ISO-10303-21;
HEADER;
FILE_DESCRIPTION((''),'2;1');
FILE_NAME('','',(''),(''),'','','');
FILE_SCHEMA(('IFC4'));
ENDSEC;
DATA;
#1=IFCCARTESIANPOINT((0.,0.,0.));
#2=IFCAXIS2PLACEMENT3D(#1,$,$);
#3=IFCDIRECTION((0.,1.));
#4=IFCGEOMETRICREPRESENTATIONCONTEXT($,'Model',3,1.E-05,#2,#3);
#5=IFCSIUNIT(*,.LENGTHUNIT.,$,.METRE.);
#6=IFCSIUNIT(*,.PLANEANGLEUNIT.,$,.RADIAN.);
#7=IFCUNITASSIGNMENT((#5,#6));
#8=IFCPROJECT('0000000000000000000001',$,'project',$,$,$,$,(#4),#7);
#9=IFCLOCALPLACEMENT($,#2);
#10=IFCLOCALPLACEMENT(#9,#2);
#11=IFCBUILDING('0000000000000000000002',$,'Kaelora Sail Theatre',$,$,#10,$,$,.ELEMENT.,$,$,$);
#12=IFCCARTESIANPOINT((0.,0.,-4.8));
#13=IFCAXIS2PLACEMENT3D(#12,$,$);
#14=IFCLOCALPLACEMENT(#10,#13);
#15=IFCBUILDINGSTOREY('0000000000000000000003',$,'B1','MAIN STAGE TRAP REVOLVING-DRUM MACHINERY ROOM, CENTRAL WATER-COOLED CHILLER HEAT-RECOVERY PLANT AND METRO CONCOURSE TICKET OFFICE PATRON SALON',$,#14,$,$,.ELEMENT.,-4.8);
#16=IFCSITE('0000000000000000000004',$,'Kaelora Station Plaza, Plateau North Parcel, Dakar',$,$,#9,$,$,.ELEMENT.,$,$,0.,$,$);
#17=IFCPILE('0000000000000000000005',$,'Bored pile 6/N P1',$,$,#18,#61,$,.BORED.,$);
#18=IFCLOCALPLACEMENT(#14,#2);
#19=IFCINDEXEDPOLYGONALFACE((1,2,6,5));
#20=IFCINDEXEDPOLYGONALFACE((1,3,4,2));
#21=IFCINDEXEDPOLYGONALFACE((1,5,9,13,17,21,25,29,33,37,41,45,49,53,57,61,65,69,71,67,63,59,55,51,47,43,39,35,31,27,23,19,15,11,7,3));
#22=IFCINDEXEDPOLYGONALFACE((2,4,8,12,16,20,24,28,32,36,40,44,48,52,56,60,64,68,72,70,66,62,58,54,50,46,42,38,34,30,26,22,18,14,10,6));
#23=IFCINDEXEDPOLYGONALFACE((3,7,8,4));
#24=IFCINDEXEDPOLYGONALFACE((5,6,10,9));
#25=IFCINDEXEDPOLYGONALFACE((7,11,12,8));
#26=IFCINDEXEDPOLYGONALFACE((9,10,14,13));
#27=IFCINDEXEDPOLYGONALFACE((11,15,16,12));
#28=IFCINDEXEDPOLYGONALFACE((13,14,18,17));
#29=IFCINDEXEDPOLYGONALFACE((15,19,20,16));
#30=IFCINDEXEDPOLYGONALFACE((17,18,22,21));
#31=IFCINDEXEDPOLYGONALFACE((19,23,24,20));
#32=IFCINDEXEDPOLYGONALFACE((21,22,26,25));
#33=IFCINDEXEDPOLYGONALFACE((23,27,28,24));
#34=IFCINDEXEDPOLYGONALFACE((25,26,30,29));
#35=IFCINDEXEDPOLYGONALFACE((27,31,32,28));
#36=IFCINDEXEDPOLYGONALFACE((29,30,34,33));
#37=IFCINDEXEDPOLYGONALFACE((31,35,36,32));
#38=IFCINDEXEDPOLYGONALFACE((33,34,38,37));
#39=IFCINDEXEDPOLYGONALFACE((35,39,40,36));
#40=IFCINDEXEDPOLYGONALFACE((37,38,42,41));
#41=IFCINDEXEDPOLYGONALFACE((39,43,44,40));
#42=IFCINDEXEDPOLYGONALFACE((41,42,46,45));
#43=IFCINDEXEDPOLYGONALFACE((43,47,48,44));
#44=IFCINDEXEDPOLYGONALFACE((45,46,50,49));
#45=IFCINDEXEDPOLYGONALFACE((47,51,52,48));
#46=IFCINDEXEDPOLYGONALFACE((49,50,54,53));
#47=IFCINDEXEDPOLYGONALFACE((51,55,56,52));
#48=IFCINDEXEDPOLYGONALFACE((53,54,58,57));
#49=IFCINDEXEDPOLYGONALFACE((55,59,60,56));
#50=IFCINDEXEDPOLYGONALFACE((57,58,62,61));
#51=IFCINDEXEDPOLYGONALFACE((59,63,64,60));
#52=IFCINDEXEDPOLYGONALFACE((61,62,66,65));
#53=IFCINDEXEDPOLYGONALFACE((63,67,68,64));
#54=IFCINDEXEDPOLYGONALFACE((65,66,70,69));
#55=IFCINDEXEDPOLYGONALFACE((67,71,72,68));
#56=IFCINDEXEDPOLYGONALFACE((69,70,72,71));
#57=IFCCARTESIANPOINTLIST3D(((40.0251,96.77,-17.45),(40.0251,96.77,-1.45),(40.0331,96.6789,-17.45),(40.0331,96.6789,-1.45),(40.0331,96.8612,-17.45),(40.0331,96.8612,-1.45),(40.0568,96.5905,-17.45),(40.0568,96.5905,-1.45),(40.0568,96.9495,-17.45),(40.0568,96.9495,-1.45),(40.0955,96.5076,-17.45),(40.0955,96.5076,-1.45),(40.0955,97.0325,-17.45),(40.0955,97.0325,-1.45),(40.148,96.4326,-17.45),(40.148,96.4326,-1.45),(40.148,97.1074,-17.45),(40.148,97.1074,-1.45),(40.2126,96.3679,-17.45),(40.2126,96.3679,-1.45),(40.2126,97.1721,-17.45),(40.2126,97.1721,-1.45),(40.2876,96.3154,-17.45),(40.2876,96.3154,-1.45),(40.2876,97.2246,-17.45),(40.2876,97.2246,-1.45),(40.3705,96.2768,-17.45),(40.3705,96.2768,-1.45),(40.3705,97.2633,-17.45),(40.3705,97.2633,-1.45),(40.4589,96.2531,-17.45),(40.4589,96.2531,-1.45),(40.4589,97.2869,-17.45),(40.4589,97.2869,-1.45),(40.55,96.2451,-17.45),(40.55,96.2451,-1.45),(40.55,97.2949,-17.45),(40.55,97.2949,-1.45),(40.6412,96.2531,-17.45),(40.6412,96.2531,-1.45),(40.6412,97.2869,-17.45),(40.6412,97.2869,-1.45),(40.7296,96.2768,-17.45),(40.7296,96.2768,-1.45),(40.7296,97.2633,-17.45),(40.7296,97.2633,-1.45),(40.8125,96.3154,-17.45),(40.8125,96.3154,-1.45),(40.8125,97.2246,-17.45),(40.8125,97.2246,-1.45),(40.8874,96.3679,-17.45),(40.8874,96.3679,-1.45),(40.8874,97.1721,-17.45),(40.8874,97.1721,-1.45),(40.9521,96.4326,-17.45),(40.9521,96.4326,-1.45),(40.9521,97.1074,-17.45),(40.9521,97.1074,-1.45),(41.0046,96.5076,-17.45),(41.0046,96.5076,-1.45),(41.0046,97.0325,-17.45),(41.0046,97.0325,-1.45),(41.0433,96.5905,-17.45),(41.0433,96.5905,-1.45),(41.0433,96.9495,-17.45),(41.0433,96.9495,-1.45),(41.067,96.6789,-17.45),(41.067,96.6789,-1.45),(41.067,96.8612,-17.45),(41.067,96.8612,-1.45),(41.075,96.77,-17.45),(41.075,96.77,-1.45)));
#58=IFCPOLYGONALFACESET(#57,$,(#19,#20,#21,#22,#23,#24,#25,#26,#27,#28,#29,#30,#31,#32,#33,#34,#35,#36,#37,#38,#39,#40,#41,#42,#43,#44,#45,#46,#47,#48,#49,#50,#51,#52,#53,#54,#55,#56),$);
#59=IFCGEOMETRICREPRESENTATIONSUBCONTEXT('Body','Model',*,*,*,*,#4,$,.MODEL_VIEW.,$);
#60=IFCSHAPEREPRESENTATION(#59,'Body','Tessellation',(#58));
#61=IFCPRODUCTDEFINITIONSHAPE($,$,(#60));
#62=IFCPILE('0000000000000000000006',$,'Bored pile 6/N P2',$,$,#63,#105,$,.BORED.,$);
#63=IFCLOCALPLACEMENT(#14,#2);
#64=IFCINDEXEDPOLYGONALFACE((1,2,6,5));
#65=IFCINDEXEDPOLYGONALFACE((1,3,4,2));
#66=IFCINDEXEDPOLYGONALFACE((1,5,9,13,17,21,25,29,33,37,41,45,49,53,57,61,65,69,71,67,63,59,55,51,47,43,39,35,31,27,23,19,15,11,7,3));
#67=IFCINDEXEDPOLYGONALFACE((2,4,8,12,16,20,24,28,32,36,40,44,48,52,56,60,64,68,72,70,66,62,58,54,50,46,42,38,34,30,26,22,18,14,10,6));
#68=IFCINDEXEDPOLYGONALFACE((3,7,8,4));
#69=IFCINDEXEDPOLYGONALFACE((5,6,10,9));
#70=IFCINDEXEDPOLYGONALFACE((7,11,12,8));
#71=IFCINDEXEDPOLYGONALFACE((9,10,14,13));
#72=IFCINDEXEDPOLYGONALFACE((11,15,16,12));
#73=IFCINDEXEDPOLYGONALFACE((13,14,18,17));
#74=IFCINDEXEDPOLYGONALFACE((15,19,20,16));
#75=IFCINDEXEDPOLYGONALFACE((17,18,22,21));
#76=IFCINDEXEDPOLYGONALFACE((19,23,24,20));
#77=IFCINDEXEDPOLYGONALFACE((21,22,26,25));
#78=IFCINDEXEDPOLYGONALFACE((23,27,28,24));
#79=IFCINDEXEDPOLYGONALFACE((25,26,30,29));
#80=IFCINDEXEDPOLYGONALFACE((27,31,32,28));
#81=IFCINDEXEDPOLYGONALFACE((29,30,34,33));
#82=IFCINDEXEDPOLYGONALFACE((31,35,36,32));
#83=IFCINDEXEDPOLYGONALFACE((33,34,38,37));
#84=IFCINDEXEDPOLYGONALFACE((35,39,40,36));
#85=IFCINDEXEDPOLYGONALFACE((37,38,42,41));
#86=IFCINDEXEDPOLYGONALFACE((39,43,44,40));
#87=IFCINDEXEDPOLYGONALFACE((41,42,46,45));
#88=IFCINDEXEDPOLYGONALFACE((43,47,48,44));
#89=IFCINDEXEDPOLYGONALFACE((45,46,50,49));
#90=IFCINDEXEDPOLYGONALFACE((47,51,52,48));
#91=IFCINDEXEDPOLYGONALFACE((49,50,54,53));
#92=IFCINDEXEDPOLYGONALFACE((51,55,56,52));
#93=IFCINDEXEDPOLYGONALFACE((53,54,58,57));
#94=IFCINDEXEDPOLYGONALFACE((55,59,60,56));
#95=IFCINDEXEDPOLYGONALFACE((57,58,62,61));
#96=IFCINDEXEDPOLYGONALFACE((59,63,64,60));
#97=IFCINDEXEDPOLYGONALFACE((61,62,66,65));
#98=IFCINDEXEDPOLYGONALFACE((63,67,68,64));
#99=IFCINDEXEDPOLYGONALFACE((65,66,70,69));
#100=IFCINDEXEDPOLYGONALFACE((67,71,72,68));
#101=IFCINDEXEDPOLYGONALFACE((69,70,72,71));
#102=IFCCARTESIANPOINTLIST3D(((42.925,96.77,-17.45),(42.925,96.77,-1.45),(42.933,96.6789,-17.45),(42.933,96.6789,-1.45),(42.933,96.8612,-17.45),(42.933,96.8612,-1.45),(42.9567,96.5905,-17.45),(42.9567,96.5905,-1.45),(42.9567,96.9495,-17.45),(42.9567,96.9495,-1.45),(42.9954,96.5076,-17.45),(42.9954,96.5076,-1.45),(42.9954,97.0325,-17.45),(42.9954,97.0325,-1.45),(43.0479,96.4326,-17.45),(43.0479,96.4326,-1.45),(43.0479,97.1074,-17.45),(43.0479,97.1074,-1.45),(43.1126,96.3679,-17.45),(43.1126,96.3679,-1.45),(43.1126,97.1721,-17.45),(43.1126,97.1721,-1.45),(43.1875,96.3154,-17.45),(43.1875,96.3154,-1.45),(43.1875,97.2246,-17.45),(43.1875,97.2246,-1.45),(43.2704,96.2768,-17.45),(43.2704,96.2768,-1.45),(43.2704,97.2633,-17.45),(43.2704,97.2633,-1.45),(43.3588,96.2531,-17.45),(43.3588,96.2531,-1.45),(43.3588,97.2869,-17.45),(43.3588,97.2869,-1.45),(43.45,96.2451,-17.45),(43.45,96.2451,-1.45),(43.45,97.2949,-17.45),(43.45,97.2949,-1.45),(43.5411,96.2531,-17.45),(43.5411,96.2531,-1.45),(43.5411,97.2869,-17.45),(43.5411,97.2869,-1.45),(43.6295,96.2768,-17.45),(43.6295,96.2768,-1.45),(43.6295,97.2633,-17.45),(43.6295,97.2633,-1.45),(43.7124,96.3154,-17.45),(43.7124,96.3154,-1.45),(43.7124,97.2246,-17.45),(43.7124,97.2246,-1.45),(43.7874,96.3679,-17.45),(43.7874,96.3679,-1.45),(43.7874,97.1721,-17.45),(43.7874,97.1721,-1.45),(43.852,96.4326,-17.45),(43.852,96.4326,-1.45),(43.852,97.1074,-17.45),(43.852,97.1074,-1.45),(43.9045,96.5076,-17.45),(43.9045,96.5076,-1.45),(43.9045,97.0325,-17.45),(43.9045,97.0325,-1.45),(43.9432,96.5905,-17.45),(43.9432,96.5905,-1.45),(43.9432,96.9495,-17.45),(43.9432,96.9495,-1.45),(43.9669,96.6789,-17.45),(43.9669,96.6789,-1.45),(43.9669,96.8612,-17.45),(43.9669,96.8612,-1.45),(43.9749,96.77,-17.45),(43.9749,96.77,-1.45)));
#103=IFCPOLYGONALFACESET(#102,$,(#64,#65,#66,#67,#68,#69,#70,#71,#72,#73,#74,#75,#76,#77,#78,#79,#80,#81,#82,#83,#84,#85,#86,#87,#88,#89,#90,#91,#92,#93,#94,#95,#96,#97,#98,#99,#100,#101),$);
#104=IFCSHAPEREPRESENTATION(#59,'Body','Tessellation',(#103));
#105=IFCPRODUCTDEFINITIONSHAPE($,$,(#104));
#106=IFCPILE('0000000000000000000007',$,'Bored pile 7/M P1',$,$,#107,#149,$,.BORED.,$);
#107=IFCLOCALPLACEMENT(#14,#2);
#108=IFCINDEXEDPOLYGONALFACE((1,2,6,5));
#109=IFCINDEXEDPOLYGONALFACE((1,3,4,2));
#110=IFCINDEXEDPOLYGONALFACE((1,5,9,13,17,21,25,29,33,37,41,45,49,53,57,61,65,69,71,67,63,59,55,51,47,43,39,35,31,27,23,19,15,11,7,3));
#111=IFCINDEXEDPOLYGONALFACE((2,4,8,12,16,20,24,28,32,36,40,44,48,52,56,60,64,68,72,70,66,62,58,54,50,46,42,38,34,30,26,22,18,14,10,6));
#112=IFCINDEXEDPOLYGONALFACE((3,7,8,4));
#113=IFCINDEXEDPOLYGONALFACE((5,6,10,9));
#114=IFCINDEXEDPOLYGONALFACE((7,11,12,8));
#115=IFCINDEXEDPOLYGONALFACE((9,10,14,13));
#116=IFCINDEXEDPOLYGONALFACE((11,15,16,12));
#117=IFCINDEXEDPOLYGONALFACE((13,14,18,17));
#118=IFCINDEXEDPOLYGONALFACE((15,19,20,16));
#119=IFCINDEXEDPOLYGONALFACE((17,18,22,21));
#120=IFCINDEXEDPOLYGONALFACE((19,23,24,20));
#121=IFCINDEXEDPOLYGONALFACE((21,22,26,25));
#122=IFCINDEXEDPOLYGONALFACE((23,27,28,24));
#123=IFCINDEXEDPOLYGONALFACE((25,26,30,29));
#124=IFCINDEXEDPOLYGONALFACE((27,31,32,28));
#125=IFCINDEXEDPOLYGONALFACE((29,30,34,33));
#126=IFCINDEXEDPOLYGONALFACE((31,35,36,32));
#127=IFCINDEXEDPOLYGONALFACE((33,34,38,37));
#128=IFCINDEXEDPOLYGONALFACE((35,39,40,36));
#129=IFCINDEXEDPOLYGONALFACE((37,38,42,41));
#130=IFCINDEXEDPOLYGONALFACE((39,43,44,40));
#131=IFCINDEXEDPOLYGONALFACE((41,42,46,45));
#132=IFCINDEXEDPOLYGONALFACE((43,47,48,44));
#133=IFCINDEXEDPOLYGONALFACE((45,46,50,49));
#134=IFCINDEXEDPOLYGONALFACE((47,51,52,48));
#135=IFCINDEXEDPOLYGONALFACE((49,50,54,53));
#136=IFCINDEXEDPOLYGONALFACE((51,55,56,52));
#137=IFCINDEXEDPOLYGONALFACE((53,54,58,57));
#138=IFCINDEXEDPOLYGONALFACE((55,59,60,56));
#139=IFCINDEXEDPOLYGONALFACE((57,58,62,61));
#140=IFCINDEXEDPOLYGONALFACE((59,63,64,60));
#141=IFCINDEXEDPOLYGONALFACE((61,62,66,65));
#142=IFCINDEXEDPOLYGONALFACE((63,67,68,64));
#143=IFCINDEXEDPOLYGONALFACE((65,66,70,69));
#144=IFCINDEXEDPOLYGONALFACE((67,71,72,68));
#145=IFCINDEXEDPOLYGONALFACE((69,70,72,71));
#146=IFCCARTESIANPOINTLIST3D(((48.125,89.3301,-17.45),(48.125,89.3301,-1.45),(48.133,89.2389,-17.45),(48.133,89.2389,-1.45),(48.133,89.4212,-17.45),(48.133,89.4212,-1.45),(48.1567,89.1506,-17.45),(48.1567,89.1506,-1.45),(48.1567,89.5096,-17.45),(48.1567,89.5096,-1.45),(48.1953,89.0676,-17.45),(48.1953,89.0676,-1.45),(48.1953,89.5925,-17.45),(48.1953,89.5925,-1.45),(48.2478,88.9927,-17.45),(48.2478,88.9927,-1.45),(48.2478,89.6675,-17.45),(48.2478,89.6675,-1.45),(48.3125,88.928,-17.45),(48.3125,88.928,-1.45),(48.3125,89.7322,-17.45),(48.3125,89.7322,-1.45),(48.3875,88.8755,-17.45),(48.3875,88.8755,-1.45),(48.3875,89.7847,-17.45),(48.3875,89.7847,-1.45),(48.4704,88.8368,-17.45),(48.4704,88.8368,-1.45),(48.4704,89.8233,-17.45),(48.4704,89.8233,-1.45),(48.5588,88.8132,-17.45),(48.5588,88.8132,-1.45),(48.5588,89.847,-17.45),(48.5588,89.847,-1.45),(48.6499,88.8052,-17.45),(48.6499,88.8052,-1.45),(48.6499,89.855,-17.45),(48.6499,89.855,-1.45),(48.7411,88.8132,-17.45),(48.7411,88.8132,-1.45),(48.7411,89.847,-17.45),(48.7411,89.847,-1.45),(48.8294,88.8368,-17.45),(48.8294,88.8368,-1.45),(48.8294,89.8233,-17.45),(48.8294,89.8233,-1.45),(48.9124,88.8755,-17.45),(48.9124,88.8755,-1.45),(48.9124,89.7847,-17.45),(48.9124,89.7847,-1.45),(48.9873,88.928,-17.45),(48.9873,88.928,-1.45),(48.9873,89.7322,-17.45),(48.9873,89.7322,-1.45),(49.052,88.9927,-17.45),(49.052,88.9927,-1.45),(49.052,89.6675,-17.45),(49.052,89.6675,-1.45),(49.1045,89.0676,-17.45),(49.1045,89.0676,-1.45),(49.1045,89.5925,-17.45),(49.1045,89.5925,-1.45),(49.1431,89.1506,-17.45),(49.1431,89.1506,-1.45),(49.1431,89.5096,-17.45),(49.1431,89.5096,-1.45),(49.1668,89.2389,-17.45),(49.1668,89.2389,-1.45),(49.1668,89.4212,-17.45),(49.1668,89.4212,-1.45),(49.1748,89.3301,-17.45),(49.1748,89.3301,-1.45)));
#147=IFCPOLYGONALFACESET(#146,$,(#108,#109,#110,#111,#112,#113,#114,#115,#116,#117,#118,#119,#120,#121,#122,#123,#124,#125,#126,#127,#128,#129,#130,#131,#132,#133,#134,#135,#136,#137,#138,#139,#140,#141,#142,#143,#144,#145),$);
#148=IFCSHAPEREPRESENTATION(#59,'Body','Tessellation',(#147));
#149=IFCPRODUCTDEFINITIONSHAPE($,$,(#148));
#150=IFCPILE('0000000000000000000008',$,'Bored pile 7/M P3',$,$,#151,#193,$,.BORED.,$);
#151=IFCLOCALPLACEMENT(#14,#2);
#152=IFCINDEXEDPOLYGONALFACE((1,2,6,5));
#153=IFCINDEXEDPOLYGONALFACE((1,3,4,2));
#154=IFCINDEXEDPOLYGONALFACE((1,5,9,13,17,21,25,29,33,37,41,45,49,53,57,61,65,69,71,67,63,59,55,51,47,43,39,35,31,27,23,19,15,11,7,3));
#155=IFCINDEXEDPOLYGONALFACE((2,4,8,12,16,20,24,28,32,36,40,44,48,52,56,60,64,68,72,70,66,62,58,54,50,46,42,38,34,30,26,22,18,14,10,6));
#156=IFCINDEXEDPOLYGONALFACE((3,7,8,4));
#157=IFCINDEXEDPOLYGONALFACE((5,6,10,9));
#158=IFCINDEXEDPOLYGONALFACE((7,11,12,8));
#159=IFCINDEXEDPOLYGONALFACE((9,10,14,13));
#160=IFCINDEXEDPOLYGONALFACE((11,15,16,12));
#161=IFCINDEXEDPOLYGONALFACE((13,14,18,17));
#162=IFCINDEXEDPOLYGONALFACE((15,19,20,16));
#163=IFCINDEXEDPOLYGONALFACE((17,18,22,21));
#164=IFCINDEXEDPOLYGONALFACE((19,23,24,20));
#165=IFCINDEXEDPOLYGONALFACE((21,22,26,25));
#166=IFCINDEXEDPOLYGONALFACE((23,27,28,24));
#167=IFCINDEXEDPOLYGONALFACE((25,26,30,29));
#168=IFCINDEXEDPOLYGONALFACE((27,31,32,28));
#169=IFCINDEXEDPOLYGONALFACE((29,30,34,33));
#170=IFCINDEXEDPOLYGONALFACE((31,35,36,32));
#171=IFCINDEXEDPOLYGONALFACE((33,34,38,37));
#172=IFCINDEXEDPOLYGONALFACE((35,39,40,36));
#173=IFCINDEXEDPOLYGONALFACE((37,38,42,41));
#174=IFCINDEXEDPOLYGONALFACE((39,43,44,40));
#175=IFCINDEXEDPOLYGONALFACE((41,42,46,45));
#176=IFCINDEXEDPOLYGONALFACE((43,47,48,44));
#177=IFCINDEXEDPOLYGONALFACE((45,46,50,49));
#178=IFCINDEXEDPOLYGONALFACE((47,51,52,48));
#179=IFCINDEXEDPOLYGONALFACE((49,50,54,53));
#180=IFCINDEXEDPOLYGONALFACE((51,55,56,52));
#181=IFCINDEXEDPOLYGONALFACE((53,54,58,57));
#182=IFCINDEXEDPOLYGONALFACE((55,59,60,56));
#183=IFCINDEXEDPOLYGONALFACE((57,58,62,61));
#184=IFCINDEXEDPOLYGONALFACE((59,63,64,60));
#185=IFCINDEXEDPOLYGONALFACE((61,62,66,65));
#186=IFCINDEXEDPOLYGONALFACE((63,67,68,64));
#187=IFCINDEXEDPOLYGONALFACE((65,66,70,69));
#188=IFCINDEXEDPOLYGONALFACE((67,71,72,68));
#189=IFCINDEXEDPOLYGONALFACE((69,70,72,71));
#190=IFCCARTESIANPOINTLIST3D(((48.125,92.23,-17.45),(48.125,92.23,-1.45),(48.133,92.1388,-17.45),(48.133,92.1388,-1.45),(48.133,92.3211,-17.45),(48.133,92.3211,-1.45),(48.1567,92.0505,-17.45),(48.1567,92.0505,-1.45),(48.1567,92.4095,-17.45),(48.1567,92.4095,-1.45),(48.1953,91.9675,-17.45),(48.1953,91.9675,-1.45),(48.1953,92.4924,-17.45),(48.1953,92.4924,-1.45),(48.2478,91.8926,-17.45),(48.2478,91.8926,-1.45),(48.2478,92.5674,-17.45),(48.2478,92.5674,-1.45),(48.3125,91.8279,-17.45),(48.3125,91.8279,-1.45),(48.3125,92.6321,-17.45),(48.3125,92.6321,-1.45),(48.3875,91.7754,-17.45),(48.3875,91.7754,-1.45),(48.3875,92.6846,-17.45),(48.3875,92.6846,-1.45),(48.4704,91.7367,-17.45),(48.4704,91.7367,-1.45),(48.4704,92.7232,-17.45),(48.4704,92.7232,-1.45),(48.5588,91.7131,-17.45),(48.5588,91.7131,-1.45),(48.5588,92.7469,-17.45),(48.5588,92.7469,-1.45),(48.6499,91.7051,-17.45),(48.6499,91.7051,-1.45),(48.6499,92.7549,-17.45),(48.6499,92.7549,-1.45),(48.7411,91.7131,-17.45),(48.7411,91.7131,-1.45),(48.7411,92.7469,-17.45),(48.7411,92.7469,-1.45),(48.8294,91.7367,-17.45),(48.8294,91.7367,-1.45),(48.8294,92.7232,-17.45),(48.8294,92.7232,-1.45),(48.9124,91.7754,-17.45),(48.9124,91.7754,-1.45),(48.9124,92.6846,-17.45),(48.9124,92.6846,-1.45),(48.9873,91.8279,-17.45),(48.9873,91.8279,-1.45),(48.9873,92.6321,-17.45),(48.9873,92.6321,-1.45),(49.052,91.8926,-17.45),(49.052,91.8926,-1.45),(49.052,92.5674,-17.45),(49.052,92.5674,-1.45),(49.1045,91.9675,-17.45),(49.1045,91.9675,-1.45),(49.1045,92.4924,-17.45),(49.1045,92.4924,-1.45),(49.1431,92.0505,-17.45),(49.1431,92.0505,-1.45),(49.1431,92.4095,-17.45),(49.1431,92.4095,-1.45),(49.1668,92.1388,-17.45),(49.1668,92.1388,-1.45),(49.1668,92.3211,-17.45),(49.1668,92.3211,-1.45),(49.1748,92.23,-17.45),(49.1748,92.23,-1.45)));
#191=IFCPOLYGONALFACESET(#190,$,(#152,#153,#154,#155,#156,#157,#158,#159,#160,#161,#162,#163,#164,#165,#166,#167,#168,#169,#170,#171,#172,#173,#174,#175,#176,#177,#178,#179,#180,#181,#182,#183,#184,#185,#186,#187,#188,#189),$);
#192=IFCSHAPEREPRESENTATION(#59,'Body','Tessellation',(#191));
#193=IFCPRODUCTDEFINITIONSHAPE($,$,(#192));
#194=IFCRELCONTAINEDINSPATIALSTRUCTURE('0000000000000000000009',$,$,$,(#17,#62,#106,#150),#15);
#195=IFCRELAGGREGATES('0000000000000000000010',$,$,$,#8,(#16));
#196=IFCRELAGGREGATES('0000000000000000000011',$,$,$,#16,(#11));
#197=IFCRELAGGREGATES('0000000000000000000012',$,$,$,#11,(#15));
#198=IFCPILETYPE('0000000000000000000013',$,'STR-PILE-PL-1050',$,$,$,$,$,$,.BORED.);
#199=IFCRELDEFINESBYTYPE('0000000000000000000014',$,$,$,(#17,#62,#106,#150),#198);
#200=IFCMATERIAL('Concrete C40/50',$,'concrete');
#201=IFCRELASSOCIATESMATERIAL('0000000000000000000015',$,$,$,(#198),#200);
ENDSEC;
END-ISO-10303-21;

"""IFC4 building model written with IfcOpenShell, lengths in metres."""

from ifc_helpers import new_model, si_unit, direction, frame, origin, origin_2d, place, context, subcontext, project, spatial, circle, extrude, material, material_profile, profile_set, type_object, element, save


model = new_model("IFC4")

# Units and contexts
model_context = context("Model", 3, precision=1e-05, world=origin(), true_north=direction((0.0, 1.0)))
body_context = subcontext(model_context, "Body", "Model", "MODEL_VIEW")
ifc_project = project(units=[si_unit("LENGTHUNIT", "METRE"), si_unit("PLANEANGLEUNIT", "RADIAN")], contexts=[model_context])

# Site, building, storey
site_placement = place(None, origin())
site = spatial("IfcSite", under=ifc_project, at=site_placement, Name="Kaelora Station Plaza, Plateau North Parcel, Dakar", CompositionType="ELEMENT", RefElevation=0.0)
building_placement = place(site_placement, origin())
building = spatial("IfcBuilding", under=site, at=building_placement, Name="Kaelora Sail Theatre", CompositionType="ELEMENT")
storey_placement = place(building_placement, frame((0.0, 0.0, -4.8)))
storey = spatial("IfcBuildingStorey", under=building, at=storey_placement, Name="B1", Description="MAIN STAGE TRAP REVOLVING-DRUM MACHINERY ROOM, CENTRAL WATER-COOLED CHILLER HEAT-RECOVERY PLANT AND METRO CONCOURSE TICKET OFFICE PATRON SALON", CompositionType="ELEMENT", Elevation=-4.8)

# Piles
ifc_material_1 = material(Name="Concrete C40/50", Category="concrete")
ifc_material_profile_1 = material_profile(ifc_material_1, circle(Radius=0.5249, at=origin_2d()), Name="PILE D1050")
ifc_profile_set_1 = profile_set([ifc_material_profile_1], Name="Concrete C40/50")
pile_type_1 = type_object("IfcPileType", Name="STR-PILE-PL-1050", PredefinedType="BORED", material=ifc_profile_set_1)
for number, where, z_axis, x_axis, name in (
    (1, (40.55, 96.77, -1.45), (0.0, 0.0, -1.0), (1.0, 0.0, 0.0), "Bored pile 6/N P1"),
    (2, (43.45, 96.77, -1.45), (0.0, 0.0, -1.0), (1.0, 0.0, 0.0), "Bored pile 6/N P2"),
    (3, (48.6499, 89.3301, -1.45), (0.0, 0.0, -1.0), (1.0, 0.0, 0.0), "Bored pile 7/M P1"),
    (4, (48.6499, 92.23, -1.45), (0.0, 0.0, -1.0), (1.0, 0.0, 0.0), "Bored pile 7/M P3"),
):
    element("IfcPile", number, at=place(storey_placement, frame(where, z_axis=z_axis, x_axis=x_axis)), inside=storey, type_object=pile_type_1, Name=name, PredefinedType="BORED", context=body_context, shape_type="SweptSolid", body=[
        extrude(circle(Radius=0.5249, at=origin_2d()), origin(), (0.0, 0.0, 1.0), 16.0),
    ])

save(model, "model.ifc")
